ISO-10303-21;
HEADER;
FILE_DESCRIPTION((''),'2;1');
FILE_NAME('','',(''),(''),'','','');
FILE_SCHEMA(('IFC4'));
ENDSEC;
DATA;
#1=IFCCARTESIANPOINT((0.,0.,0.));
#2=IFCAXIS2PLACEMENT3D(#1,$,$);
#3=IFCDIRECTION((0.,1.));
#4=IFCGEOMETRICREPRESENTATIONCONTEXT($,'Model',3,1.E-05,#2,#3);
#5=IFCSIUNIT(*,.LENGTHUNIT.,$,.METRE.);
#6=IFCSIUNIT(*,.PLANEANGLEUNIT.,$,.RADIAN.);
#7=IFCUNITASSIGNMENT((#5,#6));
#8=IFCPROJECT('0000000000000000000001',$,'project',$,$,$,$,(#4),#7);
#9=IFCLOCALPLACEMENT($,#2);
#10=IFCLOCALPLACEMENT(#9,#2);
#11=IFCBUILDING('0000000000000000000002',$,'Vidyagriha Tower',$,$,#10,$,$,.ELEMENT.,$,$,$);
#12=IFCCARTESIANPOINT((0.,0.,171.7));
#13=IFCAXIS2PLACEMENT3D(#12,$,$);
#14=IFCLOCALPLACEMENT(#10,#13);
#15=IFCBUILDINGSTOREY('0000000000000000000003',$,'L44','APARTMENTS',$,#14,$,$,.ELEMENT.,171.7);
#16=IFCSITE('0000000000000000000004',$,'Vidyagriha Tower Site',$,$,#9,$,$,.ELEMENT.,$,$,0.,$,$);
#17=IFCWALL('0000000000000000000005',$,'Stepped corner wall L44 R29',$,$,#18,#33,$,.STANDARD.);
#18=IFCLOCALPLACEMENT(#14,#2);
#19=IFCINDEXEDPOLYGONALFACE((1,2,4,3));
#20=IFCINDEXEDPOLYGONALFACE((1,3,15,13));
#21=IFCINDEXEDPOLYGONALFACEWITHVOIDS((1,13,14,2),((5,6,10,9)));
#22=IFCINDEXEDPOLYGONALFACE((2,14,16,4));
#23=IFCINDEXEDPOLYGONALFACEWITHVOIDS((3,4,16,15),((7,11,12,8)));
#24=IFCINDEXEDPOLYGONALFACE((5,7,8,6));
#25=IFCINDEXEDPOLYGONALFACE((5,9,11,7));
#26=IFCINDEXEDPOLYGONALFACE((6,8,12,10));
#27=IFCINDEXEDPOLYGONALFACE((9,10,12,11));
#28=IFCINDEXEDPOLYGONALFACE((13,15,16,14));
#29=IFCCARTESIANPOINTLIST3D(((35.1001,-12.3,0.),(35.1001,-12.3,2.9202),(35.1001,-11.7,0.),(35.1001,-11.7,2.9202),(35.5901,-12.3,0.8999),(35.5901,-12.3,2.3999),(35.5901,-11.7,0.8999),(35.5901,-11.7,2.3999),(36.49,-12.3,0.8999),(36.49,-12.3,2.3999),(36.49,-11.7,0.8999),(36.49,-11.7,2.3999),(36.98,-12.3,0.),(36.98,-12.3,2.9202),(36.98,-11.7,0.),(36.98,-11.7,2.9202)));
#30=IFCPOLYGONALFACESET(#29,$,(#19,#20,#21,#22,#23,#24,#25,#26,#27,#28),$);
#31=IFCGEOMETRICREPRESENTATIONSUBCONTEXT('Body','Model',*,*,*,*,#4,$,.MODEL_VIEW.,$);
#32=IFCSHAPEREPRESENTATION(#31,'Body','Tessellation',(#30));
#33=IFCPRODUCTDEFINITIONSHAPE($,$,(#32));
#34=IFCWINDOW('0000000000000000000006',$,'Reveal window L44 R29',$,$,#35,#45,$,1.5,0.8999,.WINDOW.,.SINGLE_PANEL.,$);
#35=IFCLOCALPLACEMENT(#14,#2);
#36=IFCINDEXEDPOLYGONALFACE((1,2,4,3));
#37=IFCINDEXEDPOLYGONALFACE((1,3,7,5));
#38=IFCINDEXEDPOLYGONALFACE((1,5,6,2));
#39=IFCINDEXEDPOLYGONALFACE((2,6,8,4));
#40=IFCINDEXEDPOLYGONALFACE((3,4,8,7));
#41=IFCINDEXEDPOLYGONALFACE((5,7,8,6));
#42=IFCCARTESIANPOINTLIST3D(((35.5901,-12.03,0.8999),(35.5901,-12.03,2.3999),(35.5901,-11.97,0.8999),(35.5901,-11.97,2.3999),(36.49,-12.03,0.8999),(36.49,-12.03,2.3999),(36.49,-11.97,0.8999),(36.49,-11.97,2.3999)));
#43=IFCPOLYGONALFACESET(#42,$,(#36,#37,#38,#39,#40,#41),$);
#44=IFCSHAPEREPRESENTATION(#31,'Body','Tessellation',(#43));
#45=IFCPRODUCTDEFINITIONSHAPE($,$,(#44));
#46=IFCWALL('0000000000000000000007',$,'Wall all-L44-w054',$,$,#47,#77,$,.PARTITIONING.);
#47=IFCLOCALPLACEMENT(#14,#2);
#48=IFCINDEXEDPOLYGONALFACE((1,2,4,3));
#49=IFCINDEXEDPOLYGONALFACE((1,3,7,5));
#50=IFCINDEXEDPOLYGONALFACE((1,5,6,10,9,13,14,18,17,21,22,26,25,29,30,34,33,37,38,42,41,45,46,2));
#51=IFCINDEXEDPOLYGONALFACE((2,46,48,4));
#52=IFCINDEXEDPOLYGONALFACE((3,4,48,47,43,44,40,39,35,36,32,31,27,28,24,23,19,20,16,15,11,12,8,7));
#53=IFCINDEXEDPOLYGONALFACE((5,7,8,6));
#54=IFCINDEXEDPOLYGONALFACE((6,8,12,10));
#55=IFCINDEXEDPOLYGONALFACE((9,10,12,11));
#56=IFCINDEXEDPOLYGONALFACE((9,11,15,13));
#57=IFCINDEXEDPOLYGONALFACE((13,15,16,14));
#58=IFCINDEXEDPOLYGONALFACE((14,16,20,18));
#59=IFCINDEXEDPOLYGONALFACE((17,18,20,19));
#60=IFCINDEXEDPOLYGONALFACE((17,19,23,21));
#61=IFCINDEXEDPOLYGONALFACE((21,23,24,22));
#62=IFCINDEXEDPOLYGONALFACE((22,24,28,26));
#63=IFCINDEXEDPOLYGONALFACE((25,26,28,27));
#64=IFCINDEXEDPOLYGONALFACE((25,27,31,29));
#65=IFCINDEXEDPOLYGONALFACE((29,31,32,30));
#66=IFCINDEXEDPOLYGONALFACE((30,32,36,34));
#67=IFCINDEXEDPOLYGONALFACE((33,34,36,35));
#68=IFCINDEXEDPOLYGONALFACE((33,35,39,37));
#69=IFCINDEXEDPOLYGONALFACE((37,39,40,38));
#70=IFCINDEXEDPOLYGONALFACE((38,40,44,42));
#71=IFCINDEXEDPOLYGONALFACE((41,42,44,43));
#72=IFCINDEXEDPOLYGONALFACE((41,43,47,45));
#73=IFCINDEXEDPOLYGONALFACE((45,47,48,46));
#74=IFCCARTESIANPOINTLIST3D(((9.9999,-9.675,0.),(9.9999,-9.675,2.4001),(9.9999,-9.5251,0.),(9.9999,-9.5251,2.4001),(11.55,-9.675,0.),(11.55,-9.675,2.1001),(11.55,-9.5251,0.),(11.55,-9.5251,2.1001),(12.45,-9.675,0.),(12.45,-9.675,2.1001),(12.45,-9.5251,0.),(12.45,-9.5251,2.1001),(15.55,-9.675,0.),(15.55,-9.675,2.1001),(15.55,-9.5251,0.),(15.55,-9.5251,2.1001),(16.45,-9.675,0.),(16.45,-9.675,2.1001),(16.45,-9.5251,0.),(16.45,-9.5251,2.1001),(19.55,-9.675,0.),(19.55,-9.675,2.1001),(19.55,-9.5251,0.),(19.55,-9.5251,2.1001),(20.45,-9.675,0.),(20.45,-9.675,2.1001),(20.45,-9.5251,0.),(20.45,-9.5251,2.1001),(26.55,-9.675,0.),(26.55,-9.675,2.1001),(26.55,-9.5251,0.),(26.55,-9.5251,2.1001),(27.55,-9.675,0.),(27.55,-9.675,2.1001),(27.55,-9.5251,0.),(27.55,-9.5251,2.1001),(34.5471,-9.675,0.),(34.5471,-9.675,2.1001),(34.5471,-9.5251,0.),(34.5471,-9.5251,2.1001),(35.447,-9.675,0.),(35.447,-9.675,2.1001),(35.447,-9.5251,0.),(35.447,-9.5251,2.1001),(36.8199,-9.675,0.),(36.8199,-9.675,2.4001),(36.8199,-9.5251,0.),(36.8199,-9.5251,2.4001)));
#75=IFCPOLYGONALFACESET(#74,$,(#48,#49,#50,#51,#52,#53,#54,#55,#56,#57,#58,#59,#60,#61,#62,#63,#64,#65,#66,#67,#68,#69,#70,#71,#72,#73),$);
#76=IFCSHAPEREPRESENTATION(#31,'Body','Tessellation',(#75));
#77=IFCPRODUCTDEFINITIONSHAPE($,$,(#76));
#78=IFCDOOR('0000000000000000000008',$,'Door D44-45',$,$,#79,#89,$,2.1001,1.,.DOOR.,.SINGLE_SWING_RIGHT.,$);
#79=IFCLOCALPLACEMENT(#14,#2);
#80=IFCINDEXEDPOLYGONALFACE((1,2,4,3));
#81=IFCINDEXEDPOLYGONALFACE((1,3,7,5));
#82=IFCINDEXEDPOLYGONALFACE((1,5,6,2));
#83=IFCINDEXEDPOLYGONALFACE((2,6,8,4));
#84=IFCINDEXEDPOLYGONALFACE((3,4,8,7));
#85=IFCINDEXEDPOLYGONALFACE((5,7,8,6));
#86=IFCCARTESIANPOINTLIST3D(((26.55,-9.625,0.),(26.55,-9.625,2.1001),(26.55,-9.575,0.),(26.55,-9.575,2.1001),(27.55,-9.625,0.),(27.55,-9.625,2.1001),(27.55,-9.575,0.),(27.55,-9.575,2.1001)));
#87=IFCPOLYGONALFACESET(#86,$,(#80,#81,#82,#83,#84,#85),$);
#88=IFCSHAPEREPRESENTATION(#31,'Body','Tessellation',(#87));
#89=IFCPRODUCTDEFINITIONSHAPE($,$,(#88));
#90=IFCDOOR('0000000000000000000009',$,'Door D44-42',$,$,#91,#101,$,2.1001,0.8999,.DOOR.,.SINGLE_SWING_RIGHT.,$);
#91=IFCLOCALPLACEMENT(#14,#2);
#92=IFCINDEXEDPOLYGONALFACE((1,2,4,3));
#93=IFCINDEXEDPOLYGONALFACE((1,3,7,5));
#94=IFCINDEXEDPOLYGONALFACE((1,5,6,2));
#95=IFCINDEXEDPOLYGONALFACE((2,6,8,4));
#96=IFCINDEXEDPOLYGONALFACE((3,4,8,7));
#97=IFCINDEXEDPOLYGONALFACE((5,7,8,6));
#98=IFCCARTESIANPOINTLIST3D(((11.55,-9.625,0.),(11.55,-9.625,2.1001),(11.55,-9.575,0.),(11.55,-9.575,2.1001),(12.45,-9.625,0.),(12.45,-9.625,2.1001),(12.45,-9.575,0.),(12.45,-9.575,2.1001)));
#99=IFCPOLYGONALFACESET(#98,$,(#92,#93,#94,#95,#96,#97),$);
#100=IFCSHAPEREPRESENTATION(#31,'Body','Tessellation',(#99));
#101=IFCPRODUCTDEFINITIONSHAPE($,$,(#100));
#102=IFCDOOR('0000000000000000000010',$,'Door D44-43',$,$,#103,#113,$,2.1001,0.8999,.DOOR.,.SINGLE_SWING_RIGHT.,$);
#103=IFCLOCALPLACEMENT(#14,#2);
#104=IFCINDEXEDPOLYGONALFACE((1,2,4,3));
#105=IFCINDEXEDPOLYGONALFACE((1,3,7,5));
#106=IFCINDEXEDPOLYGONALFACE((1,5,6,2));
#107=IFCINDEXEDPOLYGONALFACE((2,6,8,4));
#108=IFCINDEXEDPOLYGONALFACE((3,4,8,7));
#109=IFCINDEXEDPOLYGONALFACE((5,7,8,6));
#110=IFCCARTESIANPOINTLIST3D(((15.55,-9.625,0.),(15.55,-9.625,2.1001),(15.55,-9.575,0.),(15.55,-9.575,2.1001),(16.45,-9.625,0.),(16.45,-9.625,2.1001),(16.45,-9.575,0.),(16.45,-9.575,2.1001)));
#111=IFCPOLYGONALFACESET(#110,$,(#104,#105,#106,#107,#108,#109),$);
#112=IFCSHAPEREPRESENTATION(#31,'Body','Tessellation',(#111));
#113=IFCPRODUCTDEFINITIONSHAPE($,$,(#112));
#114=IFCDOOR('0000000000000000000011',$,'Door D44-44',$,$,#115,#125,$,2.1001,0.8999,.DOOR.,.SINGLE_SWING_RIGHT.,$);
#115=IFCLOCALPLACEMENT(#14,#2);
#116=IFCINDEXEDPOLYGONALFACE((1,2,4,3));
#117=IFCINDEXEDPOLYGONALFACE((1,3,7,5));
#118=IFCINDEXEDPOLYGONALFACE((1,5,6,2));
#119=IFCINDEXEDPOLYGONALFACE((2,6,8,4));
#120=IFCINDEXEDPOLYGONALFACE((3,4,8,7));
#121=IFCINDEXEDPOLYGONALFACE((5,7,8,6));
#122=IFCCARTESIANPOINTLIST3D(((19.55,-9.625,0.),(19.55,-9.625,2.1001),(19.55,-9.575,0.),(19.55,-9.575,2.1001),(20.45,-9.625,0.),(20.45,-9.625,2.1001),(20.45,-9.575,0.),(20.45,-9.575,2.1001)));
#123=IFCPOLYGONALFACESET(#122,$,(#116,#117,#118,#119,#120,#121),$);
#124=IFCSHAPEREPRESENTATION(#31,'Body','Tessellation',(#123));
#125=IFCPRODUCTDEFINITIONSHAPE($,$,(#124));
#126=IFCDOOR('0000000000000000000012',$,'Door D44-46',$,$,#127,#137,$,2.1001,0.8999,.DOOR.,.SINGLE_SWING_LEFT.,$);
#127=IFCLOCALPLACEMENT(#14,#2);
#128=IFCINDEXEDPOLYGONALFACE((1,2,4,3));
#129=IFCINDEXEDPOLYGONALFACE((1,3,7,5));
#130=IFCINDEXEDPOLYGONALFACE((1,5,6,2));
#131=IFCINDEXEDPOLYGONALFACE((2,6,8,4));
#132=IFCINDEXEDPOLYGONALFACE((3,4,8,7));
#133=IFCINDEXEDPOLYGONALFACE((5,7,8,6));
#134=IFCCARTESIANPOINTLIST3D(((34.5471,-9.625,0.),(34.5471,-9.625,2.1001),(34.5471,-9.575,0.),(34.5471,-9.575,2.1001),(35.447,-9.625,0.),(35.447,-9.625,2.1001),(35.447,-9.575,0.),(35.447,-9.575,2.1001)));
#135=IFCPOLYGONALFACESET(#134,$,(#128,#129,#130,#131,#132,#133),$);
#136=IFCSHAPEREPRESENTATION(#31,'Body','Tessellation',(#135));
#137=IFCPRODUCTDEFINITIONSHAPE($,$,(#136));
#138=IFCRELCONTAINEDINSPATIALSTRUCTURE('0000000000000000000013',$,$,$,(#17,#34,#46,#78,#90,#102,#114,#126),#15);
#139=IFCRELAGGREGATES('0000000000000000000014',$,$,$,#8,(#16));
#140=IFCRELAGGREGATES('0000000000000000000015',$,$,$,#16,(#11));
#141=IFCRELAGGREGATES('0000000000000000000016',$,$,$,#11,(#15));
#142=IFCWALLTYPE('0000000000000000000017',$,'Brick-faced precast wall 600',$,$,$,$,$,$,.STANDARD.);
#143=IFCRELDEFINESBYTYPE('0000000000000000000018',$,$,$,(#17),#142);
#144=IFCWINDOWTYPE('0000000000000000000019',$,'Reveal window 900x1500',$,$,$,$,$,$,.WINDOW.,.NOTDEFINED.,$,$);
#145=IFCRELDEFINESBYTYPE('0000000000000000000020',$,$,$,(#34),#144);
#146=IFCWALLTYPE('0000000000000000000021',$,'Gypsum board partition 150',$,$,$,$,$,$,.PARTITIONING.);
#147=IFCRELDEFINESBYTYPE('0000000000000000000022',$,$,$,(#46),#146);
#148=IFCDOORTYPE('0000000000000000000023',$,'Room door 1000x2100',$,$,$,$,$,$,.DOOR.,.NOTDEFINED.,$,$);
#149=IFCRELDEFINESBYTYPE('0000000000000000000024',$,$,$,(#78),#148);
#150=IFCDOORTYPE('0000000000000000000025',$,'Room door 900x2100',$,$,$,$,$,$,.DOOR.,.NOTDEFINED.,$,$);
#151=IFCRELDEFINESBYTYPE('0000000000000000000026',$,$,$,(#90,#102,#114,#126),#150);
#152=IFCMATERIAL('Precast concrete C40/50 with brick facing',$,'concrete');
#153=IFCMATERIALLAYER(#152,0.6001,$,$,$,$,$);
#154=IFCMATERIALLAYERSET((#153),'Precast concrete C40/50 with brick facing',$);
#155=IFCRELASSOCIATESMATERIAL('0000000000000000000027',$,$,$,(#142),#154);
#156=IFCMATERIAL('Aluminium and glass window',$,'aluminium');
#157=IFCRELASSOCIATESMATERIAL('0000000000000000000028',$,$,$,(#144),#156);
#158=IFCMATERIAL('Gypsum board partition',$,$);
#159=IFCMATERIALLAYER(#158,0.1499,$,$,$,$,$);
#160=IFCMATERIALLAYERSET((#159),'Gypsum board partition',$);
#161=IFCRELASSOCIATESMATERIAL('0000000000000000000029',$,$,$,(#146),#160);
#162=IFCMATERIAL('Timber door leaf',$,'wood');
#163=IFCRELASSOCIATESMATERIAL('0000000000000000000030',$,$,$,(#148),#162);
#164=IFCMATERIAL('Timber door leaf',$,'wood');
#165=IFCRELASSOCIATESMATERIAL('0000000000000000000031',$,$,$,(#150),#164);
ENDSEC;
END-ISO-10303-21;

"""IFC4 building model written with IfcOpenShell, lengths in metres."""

from ifc_helpers import new_model, si_unit, direction, frame, frame_2d, origin, place, context, subcontext, project, spatial, rectangle, extrude, material, layer, layer_set, type_object, element, fill, save


model = new_model("IFC4")

# Units and contexts
model_context = context("Model", 3, precision=1e-05, world=origin(), true_north=direction((0.0, 1.0)))
body_context = subcontext(model_context, "Body", "Model", "MODEL_VIEW")
ifc_project = project(units=[si_unit("LENGTHUNIT", "METRE"), si_unit("PLANEANGLEUNIT", "RADIAN")], contexts=[model_context])

# Site, building, storey
site_placement = place(None, origin())
site = spatial("IfcSite", under=ifc_project, at=site_placement, Name="Vidyagriha Tower Site", CompositionType="ELEMENT", RefElevation=0.0)
building_placement = place(site_placement, origin())
building = spatial("IfcBuilding", under=site, at=building_placement, Name="Vidyagriha Tower", CompositionType="ELEMENT")
storey_placement = place(building_placement, frame((0.0, 0.0, 171.7)))
storey = spatial("IfcBuildingStorey", under=building, at=storey_placement, Name="L44", Description="APARTMENTS", CompositionType="ELEMENT", Elevation=171.7)

# Shared definitions
ifc_material_1 = material(Name="Precast concrete C40/50 with brick facing", Category="concrete")
ifc_layer_1 = layer(ifc_material_1, 0.6001)
ifc_layer_set_1 = layer_set([ifc_layer_1], Name="Precast concrete C40/50 with brick facing")
wall_type_1 = type_object("IfcWallType", Name="Brick-faced precast wall 600", PredefinedType="STANDARD", material=ifc_layer_set_1)

# Shared definitions
ifc_material_2 = material(Name="Aluminium and glass window", Category="aluminium")
window_type = type_object("IfcWindowType", Name="Reveal window 900x1500", PartitioningType="NOTDEFINED", PredefinedType="WINDOW", material=ifc_material_2)

# Wall, opening, window
wall_1_placement = place(storey_placement, frame((35.1001, -12.0, 0.0)))
wall_1 = element("IfcWall", 1, at=wall_1_placement, inside=storey, type_object=wall_type_1, Name="Stepped corner wall L44 R29", PredefinedType="STANDARD", context=body_context, shape_type="SweptSolid", body=[
    extrude(rectangle(XDim=1.8799, YDim=0.6001, at=frame_2d((0.9399, 0.0))), origin(), (0.0, 0.0, 1.0), 2.9202),
])
opening_1_placement = place(wall_1_placement, frame((0.49, 0.0, 0.8999)))
opening_1 = element("IfcOpeningElement", 2, at=opening_1_placement, cuts=wall_1, PredefinedType="OPENING", context=body_context, shape_type="SweptSolid", body=[
    extrude(rectangle(XDim=0.8999, YDim=1.5, at=frame_2d((0.45, 0.75))), frame((0.0, 0.3101, 0.0), z_axis=(0.0, -1.0, 0.0), x_axis=(1.0, 0.0, 0.0)), (0.0, 0.0, 1.0), 0.6201),
])
window_1_placement = place(opening_1_placement, origin())
window_1 = element("IfcWindow", 3, at=window_1_placement, inside=storey, type_object=window_type, Name="Reveal window L44 R29", OverallHeight=1.5, OverallWidth=0.8999, PartitioningType="SINGLE_PANEL", PredefinedType="WINDOW", context=body_context, shape_type="SweptSolid", body=[
    extrude(rectangle(XDim=0.8999, YDim=1.5, at=frame_2d((0.45, 0.75))), frame((0.0, 0.03, 0.0), z_axis=(0.0, -1.0, 0.0), x_axis=(1.0, 0.0, 0.0)), (0.0, 0.0, 1.0), 0.0601),
])
fill(opening_1, window_1)

# Wall, openings, doors
ifc_material_3 = material(Name="Gypsum board partition")
ifc_layer_2 = layer(ifc_material_3, 0.1499)
ifc_layer_set_2 = layer_set([ifc_layer_2], Name="Gypsum board partition")
wall_type_2 = type_object("IfcWallType", Name="Gypsum board partition 150", PredefinedType="PARTITIONING", material=ifc_layer_set_2)
wall_2_placement = place(storey_placement, frame((36.8201, -9.6001, 0.0), z_axis=(0.0, 0.0, 1.0), x_axis=(-1.0, 0.0, 0.0)))
wall_2 = element("IfcWall", 4, at=wall_2_placement, inside=storey, type_object=wall_type_2, Name="Wall all-L44-w054", PredefinedType="PARTITIONING", context=body_context, shape_type="SweptSolid", body=[
    extrude(rectangle(XDim=26.8201, YDim=0.1499, at=frame_2d((13.4102, 0.0))), origin(), (0.0, 0.0, 1.0), 2.4001),
])
opening_2_placement = place(wall_2_placement, frame((24.3701, 0.0, 0.0)))
opening_2 = element("IfcOpeningElement", 5, at=opening_2_placement, cuts=wall_2, PredefinedType="OPENING", context=body_context, shape_type="SweptSolid", body=[
    extrude(rectangle(XDim=0.8999, YDim=2.1001, at=frame_2d((0.45, 1.05))), frame((0.0, 0.085, 0.0), z_axis=(0.0, -1.0, 0.0), x_axis=(1.0, 0.0, 0.0)), (0.0, 0.0, 1.0), 0.1699),
])
opening_3_placement = place(wall_2_placement, frame((20.3701, 0.0, 0.0)))
opening_3 = element("IfcOpeningElement", 6, at=opening_3_placement, cuts=wall_2, PredefinedType="OPENING", context=body_context, shape_type="SweptSolid", body=[
    extrude(rectangle(XDim=0.8999, YDim=2.1001, at=frame_2d((0.45, 1.05))), frame((0.0, 0.085, 0.0), z_axis=(0.0, -1.0, 0.0), x_axis=(1.0, 0.0, 0.0)), (0.0, 0.0, 1.0), 0.1699),
])
opening_4_placement = place(wall_2_placement, frame((16.3701, 0.0, 0.0)))
opening_4 = element("IfcOpeningElement", 7, at=opening_4_placement, cuts=wall_2, PredefinedType="OPENING", context=body_context, shape_type="SweptSolid", body=[
    extrude(rectangle(XDim=0.8999, YDim=2.1001, at=frame_2d((0.45, 1.05))), frame((0.0, 0.085, 0.0), z_axis=(0.0, -1.0, 0.0), x_axis=(1.0, 0.0, 0.0)), (0.0, 0.0, 1.0), 0.1699),
])
opening_5_placement = place(wall_2_placement, frame((9.27, 0.0, 0.0)))
opening_5 = element("IfcOpeningElement", 8, at=opening_5_placement, cuts=wall_2, PredefinedType="OPENING", context=body_context, shape_type="SweptSolid", body=[
    extrude(rectangle(XDim=1.0, YDim=2.1001, at=frame_2d((0.5, 1.05))), frame((0.0, 0.085, 0.0), z_axis=(0.0, -1.0, 0.0), x_axis=(1.0, 0.0, 0.0)), (0.0, 0.0, 1.0), 0.1699),
])
opening_6_placement = place(wall_2_placement, frame((1.373, 0.0, 0.0)))
opening_6 = element("IfcOpeningElement", 9, at=opening_6_placement, cuts=wall_2, PredefinedType="OPENING", context=body_context, shape_type="SweptSolid", body=[
    extrude(rectangle(XDim=0.8999, YDim=2.1001, at=frame_2d((0.45, 1.05))), frame((0.0, 0.085, 0.0), z_axis=(0.0, -1.0, 0.0), x_axis=(1.0, 0.0, 0.0)), (0.0, 0.0, 1.0), 0.1699),
])
ifc_material_4 = material(Name="Timber door leaf", Category="wood")
door_type_1 = type_object("IfcDoorType", Name="Room door 1000x2100", OperationType="NOTDEFINED", PredefinedType="DOOR", material=ifc_material_4)
door_1_placement = place(opening_5_placement, origin())
door_1 = element("IfcDoor", 10, at=door_1_placement, inside=storey, type_object=door_type_1, Name="Door D44-45", OperationType="SINGLE_SWING_RIGHT", OverallHeight=2.1001, OverallWidth=1.0, PredefinedType="DOOR", context=body_context, shape_type="SweptSolid", body=[
    extrude(rectangle(XDim=1.0, YDim=2.1001, at=frame_2d((0.5, 1.05))), frame((0.0, 0.0249, 0.0), z_axis=(0.0, -1.0, 0.0), x_axis=(1.0, 0.0, 0.0)), (0.0, 0.0, 1.0), 0.05),
])
fill(opening_5, door_1)
ifc_material_5 = material(Name="Timber door leaf", Category="wood")
door_type_2 = type_object("IfcDoorType", Name="Room door 900x2100", OperationType="NOTDEFINED", PredefinedType="DOOR", material=ifc_material_5)
door_2_placement = place(opening_2_placement, origin())
door_2 = element("IfcDoor", 11, at=door_2_placement, inside=storey, type_object=door_type_2, Name="Door D44-42", OperationType="SINGLE_SWING_RIGHT", OverallHeight=2.1001, OverallWidth=0.8999, PredefinedType="DOOR", context=body_context, shape_type="SweptSolid", body=[
    extrude(rectangle(XDim=0.8999, YDim=2.1001, at=frame_2d((0.45, 1.05))), frame((0.0, 0.0249, 0.0), z_axis=(0.0, -1.0, 0.0), x_axis=(1.0, 0.0, 0.0)), (0.0, 0.0, 1.0), 0.05),
])
fill(opening_2, door_2)
door_3_placement = place(opening_3_placement, origin())
door_3 = element("IfcDoor", 12, at=door_3_placement, inside=storey, type_object=door_type_2, Name="Door D44-43", OperationType="SINGLE_SWING_RIGHT", OverallHeight=2.1001, OverallWidth=0.8999, PredefinedType="DOOR", context=body_context, shape_type="SweptSolid", body=[
    extrude(rectangle(XDim=0.8999, YDim=2.1001, at=frame_2d((0.45, 1.05))), frame((0.0, 0.0249, 0.0), z_axis=(0.0, -1.0, 0.0), x_axis=(1.0, 0.0, 0.0)), (0.0, 0.0, 1.0), 0.05),
])
fill(opening_3, door_3)
door_4_placement = place(opening_4_placement, origin())
door_4 = element("IfcDoor", 13, at=door_4_placement, inside=storey, type_object=door_type_2, Name="Door D44-44", OperationType="SINGLE_SWING_RIGHT", OverallHeight=2.1001, OverallWidth=0.8999, PredefinedType="DOOR", context=body_context, shape_type="SweptSolid", body=[
    extrude(rectangle(XDim=0.8999, YDim=2.1001, at=frame_2d((0.45, 1.05))), frame((0.0, 0.0249, 0.0), z_axis=(0.0, -1.0, 0.0), x_axis=(1.0, 0.0, 0.0)), (0.0, 0.0, 1.0), 0.05),
])
fill(opening_4, door_4)
door_5_placement = place(opening_6_placement, origin())
door_5 = element("IfcDoor", 14, at=door_5_placement, inside=storey, type_object=door_type_2, Name="Door D44-46", OperationType="SINGLE_SWING_LEFT", OverallHeight=2.1001, OverallWidth=0.8999, PredefinedType="DOOR", context=body_context, shape_type="SweptSolid", body=[
    extrude(rectangle(XDim=0.8999, YDim=2.1001, at=frame_2d((0.45, 1.05))), frame((0.0, 0.0249, 0.0), z_axis=(0.0, -1.0, 0.0), x_axis=(1.0, 0.0, 0.0)), (0.0, 0.0, 1.0), 0.05),
])
fill(opening_6, door_5)

save(model, "model.ifc")
